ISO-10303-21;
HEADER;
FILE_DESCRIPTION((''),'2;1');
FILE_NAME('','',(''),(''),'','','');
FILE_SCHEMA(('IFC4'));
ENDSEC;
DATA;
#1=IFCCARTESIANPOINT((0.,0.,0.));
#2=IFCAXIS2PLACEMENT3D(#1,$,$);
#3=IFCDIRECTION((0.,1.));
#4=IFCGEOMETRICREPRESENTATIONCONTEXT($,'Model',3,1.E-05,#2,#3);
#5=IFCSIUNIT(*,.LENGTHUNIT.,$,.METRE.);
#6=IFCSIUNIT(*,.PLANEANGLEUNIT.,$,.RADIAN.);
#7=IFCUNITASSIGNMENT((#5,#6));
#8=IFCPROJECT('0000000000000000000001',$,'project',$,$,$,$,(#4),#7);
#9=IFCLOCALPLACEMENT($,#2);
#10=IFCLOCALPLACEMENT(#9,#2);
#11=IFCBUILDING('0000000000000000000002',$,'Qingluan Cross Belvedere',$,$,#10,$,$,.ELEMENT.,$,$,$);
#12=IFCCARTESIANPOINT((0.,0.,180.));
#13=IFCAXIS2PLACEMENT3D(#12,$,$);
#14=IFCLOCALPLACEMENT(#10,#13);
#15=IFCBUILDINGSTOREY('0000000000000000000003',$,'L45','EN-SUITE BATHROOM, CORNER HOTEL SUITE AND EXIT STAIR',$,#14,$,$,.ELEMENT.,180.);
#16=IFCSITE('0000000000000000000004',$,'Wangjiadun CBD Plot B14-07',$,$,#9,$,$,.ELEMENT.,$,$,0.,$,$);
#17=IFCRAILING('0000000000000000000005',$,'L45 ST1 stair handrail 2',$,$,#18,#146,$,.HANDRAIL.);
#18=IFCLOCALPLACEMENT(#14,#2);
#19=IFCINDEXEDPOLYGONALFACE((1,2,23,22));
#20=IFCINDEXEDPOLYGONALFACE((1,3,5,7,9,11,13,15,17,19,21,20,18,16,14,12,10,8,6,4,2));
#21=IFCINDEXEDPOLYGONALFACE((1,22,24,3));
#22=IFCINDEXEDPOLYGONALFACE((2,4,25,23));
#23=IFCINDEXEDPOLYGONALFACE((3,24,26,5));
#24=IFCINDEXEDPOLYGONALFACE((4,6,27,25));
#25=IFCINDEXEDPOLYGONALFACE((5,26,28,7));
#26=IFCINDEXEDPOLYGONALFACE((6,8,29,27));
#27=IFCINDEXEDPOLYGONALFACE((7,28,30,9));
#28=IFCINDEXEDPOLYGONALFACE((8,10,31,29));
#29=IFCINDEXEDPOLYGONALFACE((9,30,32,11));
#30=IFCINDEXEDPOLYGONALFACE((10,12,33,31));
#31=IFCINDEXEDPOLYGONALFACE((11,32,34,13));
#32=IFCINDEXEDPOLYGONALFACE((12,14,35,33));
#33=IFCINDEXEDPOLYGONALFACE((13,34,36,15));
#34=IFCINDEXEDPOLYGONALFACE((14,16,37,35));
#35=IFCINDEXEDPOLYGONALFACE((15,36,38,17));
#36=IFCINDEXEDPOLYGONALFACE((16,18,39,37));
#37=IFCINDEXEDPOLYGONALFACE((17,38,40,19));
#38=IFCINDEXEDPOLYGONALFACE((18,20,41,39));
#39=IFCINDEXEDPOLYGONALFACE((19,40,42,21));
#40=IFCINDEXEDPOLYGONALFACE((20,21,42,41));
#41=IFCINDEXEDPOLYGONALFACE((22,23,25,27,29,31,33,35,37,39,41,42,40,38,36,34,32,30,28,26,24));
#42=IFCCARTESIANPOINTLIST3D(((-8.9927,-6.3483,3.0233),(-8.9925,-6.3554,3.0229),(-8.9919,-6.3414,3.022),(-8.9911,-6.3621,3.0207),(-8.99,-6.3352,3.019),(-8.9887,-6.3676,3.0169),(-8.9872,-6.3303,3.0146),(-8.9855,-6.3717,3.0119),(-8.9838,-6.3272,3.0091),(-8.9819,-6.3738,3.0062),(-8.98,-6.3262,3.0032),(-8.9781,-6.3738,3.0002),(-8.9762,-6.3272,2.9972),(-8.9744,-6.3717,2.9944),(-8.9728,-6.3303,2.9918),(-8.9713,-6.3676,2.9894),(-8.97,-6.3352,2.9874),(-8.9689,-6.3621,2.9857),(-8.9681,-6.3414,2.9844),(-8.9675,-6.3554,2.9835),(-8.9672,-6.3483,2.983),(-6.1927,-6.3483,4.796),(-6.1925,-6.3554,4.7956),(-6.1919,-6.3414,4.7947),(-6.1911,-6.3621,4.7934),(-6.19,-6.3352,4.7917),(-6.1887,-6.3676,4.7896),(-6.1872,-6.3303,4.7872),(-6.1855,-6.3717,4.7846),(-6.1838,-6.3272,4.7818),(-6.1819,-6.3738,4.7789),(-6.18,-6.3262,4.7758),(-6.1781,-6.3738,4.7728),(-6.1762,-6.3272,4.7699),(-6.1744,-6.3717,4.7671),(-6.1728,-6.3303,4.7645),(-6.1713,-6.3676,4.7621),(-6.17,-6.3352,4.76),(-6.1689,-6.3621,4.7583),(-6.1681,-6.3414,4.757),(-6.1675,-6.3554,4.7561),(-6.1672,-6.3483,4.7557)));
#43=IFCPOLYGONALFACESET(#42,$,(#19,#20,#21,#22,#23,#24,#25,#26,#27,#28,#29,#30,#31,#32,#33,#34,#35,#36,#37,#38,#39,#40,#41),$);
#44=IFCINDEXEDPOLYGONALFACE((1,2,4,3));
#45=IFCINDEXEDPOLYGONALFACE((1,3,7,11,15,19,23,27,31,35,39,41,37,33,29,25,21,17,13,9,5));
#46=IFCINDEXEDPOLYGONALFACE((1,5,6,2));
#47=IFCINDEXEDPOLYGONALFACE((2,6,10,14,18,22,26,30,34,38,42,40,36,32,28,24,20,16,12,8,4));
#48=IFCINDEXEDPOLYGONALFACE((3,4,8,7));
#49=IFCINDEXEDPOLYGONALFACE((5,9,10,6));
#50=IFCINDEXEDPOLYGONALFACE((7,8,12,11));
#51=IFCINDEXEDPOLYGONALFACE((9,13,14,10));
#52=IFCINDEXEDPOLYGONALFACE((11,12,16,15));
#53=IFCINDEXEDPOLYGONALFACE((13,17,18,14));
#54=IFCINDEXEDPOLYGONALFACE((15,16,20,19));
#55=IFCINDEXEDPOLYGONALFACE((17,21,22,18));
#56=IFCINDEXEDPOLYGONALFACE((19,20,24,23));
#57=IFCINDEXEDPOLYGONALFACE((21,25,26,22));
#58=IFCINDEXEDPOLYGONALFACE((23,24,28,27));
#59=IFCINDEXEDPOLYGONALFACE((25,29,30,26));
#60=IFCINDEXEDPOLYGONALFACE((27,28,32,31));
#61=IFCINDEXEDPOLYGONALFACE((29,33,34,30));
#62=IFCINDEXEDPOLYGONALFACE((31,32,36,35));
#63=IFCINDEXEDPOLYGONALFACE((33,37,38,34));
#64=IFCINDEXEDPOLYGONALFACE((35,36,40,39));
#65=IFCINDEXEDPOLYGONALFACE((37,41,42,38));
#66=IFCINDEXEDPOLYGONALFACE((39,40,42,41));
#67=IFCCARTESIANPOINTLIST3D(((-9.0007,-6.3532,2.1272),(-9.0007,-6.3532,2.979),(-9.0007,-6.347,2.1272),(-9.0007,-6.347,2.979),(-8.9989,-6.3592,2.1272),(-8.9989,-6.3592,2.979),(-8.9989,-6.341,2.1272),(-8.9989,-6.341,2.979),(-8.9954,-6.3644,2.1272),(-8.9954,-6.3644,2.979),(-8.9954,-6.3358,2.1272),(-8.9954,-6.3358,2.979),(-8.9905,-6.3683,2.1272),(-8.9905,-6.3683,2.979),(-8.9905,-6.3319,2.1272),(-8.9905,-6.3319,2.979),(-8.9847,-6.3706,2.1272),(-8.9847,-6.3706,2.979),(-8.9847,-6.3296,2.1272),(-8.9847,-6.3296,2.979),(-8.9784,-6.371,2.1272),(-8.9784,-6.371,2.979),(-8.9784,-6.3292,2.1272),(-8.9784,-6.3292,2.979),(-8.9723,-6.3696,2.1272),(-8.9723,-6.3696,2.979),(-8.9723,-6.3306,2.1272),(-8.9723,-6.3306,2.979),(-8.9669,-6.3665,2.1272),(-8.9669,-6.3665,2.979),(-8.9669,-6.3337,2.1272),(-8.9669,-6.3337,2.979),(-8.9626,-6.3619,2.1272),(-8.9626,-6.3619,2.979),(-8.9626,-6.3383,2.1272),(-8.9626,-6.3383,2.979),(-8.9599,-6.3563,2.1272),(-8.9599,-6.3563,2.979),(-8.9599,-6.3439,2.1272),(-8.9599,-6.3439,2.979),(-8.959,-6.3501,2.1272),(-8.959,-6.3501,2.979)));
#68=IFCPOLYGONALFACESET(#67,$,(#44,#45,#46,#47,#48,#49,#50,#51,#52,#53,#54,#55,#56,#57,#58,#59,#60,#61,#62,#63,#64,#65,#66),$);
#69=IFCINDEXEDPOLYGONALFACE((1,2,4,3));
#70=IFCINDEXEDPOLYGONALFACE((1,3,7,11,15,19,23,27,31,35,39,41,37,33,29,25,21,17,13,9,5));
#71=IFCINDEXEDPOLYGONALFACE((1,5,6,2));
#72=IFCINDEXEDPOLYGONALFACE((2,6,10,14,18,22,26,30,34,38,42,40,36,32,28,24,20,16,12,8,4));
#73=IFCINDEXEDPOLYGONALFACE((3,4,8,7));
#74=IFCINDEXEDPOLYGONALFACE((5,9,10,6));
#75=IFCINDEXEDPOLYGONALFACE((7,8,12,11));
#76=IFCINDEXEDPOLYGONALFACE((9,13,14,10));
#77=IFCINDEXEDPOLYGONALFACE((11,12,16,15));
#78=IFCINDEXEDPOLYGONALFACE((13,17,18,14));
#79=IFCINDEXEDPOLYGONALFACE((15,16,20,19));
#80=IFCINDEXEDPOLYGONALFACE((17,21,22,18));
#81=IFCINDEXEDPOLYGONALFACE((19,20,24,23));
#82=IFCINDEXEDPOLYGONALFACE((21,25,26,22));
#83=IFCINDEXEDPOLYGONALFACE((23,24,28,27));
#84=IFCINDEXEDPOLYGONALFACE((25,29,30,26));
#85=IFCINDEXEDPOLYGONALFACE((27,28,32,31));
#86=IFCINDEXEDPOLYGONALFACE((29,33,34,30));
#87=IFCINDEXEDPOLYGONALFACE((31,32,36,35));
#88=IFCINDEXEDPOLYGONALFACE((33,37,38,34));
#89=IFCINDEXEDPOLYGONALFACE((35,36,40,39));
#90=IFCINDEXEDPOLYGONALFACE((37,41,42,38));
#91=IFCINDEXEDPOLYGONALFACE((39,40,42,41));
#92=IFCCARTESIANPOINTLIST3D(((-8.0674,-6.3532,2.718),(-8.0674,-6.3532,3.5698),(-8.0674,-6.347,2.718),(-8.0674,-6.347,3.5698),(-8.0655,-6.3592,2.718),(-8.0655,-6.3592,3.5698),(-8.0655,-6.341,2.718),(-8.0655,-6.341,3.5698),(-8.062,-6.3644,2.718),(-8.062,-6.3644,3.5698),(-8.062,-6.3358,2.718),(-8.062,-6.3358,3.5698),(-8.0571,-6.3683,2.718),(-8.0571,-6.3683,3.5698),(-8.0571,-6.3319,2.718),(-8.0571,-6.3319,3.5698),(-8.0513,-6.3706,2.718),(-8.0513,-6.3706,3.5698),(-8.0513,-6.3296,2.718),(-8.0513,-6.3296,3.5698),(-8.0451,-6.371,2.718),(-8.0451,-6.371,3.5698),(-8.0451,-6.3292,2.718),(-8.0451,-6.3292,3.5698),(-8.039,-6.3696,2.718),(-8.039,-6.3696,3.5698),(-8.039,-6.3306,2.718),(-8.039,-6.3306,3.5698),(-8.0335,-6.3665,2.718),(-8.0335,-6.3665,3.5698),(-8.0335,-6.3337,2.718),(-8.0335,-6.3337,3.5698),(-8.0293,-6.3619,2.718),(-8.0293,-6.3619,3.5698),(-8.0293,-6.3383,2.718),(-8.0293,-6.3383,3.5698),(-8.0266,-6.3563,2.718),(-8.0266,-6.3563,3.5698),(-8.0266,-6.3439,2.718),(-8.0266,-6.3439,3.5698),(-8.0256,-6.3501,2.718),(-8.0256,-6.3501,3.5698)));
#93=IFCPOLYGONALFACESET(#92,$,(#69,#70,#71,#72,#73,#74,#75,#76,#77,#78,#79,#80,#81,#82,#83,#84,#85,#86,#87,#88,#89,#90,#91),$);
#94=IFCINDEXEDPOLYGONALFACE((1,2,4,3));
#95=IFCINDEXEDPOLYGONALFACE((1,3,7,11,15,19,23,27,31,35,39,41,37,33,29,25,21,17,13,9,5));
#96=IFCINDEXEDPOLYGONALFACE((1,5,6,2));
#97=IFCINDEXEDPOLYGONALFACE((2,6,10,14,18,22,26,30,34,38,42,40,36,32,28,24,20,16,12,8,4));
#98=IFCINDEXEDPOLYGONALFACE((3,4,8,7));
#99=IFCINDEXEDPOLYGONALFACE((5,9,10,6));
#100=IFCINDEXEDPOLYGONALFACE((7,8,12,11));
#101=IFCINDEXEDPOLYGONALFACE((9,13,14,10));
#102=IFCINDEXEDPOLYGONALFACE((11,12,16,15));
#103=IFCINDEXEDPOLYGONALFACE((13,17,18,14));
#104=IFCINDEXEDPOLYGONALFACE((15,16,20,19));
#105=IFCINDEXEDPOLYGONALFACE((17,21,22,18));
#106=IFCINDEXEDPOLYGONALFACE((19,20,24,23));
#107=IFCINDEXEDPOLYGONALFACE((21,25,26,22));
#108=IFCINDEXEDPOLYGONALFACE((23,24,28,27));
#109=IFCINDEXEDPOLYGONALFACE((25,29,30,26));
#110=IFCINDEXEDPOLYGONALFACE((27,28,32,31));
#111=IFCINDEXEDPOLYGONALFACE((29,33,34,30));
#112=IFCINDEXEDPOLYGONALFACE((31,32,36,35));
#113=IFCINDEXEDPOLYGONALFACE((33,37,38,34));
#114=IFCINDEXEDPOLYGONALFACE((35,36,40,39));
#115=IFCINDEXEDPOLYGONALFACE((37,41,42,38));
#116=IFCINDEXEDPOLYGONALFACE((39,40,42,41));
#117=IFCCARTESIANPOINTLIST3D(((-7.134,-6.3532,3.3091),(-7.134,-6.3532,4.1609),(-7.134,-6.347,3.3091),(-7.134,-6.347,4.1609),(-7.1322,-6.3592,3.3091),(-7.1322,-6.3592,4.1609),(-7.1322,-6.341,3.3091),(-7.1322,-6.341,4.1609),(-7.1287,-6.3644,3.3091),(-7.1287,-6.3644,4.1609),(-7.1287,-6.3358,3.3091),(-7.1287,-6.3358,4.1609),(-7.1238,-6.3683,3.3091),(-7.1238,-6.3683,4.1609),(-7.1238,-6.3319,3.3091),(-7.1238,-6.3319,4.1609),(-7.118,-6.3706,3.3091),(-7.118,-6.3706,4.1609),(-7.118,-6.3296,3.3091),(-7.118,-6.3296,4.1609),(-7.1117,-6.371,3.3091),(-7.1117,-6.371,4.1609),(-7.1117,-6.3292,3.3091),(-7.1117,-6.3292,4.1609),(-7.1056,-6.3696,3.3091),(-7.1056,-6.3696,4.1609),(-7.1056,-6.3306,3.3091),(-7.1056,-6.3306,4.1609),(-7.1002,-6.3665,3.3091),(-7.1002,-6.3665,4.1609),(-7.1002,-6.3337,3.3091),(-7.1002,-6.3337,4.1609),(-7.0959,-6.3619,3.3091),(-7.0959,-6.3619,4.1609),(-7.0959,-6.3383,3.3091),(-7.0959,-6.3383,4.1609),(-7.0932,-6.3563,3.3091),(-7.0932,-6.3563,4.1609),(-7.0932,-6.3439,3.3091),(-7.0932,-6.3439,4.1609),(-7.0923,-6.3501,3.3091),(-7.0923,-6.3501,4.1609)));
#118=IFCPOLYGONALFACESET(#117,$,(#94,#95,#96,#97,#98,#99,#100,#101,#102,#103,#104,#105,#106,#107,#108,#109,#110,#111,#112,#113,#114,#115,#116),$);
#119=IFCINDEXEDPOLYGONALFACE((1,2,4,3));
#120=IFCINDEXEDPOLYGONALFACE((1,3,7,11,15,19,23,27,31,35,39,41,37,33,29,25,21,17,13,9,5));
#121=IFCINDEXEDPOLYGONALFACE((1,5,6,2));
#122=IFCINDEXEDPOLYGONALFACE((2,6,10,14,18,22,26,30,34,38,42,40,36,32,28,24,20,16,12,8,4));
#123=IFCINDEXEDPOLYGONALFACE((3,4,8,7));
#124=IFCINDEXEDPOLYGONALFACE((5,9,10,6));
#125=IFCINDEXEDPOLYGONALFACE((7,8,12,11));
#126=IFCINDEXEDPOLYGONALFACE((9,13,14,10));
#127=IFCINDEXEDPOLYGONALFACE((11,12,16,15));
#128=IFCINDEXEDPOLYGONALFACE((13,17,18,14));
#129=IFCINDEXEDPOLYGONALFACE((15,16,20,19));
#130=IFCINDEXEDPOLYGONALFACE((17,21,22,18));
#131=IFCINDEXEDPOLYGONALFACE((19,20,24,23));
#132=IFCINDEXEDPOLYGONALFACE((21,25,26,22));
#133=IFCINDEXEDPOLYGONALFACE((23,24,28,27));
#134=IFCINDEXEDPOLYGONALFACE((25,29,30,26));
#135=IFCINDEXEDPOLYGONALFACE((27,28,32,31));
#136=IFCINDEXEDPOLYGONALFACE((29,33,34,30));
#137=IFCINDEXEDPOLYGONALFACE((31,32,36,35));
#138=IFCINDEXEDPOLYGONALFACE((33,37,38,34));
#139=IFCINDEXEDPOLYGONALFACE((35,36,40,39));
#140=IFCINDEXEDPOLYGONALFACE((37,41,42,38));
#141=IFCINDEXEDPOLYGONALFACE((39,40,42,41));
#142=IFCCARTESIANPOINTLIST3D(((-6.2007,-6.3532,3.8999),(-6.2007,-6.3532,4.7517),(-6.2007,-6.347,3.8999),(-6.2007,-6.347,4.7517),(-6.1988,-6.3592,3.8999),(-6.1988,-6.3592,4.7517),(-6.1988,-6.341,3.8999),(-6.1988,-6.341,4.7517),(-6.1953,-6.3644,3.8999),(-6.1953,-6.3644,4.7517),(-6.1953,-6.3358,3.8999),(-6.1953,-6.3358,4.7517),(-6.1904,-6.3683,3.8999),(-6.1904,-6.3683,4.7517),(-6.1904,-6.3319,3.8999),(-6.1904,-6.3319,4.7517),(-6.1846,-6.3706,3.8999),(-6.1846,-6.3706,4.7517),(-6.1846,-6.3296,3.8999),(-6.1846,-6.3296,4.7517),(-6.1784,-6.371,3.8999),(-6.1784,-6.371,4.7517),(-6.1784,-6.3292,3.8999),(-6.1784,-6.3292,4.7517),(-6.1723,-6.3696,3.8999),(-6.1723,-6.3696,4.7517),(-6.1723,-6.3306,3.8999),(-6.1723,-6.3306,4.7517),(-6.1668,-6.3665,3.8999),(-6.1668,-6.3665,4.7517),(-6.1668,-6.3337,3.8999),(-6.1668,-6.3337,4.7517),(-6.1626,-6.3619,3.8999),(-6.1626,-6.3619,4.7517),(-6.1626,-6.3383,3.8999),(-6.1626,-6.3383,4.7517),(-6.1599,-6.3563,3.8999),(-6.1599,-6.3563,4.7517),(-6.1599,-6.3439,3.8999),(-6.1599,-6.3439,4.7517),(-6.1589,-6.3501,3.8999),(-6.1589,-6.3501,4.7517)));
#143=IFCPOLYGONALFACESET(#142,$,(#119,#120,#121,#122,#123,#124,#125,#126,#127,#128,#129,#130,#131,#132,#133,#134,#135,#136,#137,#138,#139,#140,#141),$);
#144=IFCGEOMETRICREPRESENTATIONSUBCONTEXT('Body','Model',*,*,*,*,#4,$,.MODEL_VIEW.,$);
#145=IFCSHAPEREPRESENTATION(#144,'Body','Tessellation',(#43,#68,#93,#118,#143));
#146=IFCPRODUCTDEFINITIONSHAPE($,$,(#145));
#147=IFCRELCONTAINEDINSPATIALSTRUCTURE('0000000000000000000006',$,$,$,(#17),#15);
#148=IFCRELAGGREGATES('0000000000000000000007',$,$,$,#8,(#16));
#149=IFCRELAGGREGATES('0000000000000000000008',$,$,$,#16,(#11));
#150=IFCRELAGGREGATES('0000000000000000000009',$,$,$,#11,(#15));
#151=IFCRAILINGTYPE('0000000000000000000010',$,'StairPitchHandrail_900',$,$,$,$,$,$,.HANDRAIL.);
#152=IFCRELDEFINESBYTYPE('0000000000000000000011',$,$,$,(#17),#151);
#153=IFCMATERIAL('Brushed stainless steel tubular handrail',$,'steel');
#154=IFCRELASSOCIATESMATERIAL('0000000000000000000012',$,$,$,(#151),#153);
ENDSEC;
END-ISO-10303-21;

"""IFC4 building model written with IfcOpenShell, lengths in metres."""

from ifc_helpers import new_model, si_unit, direction, frame, origin, origin_2d, place, context, subcontext, project, spatial, circle, extrude, material, type_object, element, save


model = new_model("IFC4")

# Units and contexts
model_context = context("Model", 3, precision=1e-05, world=origin(), true_north=direction((0.0, 1.0)))
body_context = subcontext(model_context, "Body", "Model", "MODEL_VIEW")
ifc_project = project(units=[si_unit("LENGTHUNIT", "METRE"), si_unit("PLANEANGLEUNIT", "RADIAN")], contexts=[model_context])

# Site, building, storey
site_placement = place(None, origin())
site = spatial("IfcSite", under=ifc_project, at=site_placement, Name="Wangjiadun CBD Plot B14-07", CompositionType="ELEMENT", RefElevation=0.0)
building_placement = place(site_placement, origin())
building = spatial("IfcBuilding", under=site, at=building_placement, Name="Qingluan Cross Belvedere", CompositionType="ELEMENT")
storey_placement = place(building_placement, frame((0.0, 0.0, 180.0)))
storey = spatial("IfcBuildingStorey", under=building, at=storey_placement, Name="L45", Description="EN-SUITE BATHROOM, CORNER HOTEL SUITE AND EXIT STAIR", CompositionType="ELEMENT", Elevation=180.0)

# Railing
ifc_material_1 = material(Name="Brushed stainless steel tubular handrail", Category="steel")
railing_type_1 = type_object("IfcRailingType", Name="StairPitchHandrail_900", PredefinedType="HANDRAIL", material=ifc_material_1)
railing_1_placement = place(storey_placement, frame((-8.98, -6.3501, 2.1272)))
element("IfcRailing", 1, at=railing_1_placement, inside=storey, type_object=railing_type_1, Name="L45 ST1 stair handrail 2", PredefinedType="HANDRAIL", context=body_context, shape_type="SweptSolid", body=[
    extrude(circle(Radius=0.0239, at=origin_2d()), frame((0.0, 0.0, 0.876), z_axis=(0.844909, 0.0, 0.53491), x_axis=(0.0, 1.0, 0.0)), (0.0, 0.0, 1.0), 3.314),
    extrude(circle(Radius=0.021, at=origin_2d()), origin(), (0.0, 0.0, 1.0), 0.8518),
    extrude(circle(Radius=0.021, at=origin_2d()), frame((0.9333, 0.0, 0.5908)), (0.0, 0.0, 1.0), 0.8518),
    extrude(circle(Radius=0.021, at=origin_2d()), frame((1.8667, 0.0, 1.1819)), (0.0, 0.0, 1.0), 0.8518),
    extrude(circle(Radius=0.021, at=origin_2d()), frame((2.8, 0.0, 1.7727)), (0.0, 0.0, 1.0), 0.8518),
])

save(model, "model.ifc")
